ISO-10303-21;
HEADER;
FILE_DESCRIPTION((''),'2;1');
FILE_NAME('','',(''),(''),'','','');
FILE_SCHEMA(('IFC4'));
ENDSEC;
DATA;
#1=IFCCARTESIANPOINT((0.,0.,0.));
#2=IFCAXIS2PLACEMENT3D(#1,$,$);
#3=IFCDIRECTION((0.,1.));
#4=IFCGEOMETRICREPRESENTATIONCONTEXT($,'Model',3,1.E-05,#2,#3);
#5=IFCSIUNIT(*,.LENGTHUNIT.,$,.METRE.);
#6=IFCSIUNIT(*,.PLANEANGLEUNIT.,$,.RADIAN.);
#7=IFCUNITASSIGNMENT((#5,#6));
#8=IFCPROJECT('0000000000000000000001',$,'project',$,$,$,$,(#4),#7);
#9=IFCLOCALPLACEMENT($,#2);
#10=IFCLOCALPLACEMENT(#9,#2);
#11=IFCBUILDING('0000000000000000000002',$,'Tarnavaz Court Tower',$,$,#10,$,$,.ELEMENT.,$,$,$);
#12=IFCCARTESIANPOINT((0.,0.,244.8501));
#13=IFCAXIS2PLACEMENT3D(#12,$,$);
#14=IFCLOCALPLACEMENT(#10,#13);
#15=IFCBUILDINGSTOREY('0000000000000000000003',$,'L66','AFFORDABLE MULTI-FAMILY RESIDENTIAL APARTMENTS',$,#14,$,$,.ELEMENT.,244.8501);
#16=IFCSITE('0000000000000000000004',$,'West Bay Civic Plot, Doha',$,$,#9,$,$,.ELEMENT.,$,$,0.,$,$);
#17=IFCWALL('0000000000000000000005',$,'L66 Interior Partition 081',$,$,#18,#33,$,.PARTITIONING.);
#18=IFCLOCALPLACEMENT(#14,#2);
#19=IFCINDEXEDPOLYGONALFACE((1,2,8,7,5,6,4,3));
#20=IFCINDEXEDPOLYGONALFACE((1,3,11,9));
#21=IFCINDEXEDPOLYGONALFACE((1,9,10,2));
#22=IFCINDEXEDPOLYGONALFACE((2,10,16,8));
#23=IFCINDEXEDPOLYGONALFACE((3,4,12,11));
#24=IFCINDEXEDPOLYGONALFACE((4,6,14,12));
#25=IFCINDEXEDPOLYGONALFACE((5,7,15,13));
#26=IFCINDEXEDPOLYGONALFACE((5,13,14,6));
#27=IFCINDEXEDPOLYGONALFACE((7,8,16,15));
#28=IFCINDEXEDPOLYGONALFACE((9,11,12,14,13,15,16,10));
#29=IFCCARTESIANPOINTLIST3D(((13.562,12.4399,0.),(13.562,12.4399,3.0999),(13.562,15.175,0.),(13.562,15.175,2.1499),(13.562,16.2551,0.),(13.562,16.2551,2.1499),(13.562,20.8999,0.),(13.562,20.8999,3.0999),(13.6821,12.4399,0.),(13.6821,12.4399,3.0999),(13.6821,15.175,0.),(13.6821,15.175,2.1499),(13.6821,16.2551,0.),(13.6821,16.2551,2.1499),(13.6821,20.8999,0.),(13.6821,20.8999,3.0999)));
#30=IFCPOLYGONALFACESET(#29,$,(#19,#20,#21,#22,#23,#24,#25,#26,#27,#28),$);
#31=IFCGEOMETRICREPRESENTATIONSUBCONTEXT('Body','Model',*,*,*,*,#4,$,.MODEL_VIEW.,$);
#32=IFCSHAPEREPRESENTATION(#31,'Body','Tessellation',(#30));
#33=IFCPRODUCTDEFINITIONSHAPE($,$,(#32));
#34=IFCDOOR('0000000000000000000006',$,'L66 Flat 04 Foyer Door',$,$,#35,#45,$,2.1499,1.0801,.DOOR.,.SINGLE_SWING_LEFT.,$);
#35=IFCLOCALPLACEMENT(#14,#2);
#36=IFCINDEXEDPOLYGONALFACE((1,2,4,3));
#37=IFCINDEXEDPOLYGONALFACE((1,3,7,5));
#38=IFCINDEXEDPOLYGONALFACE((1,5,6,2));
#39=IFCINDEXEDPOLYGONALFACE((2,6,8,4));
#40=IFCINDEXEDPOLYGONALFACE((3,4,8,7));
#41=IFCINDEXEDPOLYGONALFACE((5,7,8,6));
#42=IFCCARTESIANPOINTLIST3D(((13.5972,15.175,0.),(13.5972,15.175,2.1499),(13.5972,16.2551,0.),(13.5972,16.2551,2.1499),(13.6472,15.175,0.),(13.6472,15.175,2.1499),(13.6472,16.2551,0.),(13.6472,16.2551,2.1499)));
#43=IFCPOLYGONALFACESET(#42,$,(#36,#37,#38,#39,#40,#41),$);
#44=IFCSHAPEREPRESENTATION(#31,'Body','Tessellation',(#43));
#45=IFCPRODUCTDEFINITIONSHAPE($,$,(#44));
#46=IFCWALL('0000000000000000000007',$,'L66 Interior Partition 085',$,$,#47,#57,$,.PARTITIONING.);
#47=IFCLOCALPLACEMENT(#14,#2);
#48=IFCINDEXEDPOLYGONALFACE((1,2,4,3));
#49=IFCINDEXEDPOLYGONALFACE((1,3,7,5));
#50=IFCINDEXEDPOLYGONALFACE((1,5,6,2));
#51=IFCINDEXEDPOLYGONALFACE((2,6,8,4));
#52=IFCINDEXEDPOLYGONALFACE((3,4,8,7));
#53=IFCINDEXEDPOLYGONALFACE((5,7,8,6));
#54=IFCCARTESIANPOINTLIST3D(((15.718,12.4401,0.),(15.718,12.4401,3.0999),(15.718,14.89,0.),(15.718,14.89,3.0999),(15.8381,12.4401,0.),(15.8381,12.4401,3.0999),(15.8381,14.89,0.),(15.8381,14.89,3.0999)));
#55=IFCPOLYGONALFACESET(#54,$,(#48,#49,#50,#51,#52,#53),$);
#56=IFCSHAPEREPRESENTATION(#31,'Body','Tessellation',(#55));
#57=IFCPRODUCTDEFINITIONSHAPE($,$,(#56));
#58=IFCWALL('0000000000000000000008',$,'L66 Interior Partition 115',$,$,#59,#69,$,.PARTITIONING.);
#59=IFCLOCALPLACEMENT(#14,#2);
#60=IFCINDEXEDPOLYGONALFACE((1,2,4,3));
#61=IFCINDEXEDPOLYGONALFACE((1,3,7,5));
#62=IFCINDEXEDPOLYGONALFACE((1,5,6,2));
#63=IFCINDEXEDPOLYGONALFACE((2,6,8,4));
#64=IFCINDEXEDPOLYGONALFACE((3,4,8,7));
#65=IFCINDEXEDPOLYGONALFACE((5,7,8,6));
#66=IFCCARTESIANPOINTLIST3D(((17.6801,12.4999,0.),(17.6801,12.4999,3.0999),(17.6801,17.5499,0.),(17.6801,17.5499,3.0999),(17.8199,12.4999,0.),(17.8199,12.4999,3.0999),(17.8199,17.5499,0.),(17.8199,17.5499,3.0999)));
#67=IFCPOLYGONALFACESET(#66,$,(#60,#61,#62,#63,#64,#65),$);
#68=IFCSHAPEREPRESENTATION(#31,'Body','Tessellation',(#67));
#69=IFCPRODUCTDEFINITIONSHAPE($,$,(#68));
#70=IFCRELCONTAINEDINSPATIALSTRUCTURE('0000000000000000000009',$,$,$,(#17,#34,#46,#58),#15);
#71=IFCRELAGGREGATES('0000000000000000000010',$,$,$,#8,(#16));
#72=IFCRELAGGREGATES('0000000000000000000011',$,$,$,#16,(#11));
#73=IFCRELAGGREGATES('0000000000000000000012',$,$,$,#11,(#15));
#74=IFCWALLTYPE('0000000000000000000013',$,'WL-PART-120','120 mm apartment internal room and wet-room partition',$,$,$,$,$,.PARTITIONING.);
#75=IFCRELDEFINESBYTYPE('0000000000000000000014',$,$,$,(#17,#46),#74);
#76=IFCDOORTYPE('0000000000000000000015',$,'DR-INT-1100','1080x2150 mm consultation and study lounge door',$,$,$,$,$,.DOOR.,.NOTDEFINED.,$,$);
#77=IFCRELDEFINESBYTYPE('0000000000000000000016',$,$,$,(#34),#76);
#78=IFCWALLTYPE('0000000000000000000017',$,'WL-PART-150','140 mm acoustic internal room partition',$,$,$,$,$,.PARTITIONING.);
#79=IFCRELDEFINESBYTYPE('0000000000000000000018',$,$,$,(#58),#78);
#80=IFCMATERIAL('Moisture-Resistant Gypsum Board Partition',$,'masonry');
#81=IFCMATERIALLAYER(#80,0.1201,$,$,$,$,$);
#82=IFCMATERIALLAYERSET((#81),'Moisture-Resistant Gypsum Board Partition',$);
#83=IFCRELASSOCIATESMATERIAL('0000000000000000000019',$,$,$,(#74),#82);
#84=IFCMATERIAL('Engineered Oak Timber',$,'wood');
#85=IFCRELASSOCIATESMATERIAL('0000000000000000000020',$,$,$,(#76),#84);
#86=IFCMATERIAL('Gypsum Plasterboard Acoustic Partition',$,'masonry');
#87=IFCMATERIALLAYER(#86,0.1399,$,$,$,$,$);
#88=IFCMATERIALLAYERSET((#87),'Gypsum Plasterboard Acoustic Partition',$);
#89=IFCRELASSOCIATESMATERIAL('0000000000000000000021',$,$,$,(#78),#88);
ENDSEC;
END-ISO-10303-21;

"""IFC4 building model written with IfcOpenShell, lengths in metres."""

from ifc_helpers import new_model, si_unit, direction, frame, frame_2d, origin, place, context, subcontext, project, spatial, rectangle, extrude, material, layer, layer_set, type_object, element, fill, save


model = new_model("IFC4")

# Units and contexts
model_context = context("Model", 3, precision=1e-05, world=origin(), true_north=direction((0.0, 1.0)))
body_context = subcontext(model_context, "Body", "Model", "MODEL_VIEW")
ifc_project = project(units=[si_unit("LENGTHUNIT", "METRE"), si_unit("PLANEANGLEUNIT", "RADIAN")], contexts=[model_context])

# Site, building, storey
site_placement = place(None, origin())
site = spatial("IfcSite", under=ifc_project, at=site_placement, Name="West Bay Civic Plot, Doha", CompositionType="ELEMENT", RefElevation=0.0)
building_placement = place(site_placement, origin())
building = spatial("IfcBuilding", under=site, at=building_placement, Name="Tarnavaz Court Tower", CompositionType="ELEMENT")
storey_placement = place(building_placement, frame((0.0, 0.0, 244.8501)))
storey = spatial("IfcBuildingStorey", under=building, at=storey_placement, Name="L66", Description="AFFORDABLE MULTI-FAMILY RESIDENTIAL APARTMENTS", CompositionType="ELEMENT", Elevation=244.8501)

# Wall, opening, door
ifc_material_1 = material(Name="Engineered Oak Timber", Category="wood")
ifc_material_2 = material(Name="Moisture-Resistant Gypsum Board Partition", Category="masonry")
ifc_layer_1 = layer(ifc_material_2, 0.1201)
ifc_layer_set_1 = layer_set([ifc_layer_1], Name="Moisture-Resistant Gypsum Board Partition")
wall_type_1 = type_object("IfcWallType", Name="WL-PART-120", Description="120 mm apartment internal room and wet-room partition", PredefinedType="PARTITIONING", material=ifc_layer_set_1)
wall_1_placement = place(storey_placement, frame((13.6221, 12.4399, 0.0), z_axis=(0.0, 0.0, 1.0), x_axis=(0.0, 1.0, 0.0)))
wall_1 = element("IfcWall", 1, at=wall_1_placement, inside=storey, type_object=wall_type_1, Name="L66 Interior Partition 081", PredefinedType="PARTITIONING", context=body_context, shape_type="SweptSolid", body=[
    extrude(rectangle(XDim=8.46, YDim=0.1201, at=frame_2d((4.23, 0.0))), origin(), (0.0, 0.0, 1.0), 3.0999),
])
opening_1_placement = place(wall_1_placement, frame((2.7351, 0.0, 0.0)))
opening_1 = element("IfcOpeningElement", 2, at=opening_1_placement, cuts=wall_1, PredefinedType="OPENING", context=body_context, shape_type="SweptSolid", body=[
    extrude(rectangle(XDim=1.0801, YDim=2.1499, at=frame_2d((0.54, 1.075))), frame((0.0, 0.0701, 0.0), z_axis=(0.0, -1.0, 0.0), x_axis=(1.0, 0.0, 0.0)), (0.0, 0.0, 1.0), 0.1401),
])
door_type_1 = type_object("IfcDoorType", Name="DR-INT-1100", Description="1080x2150 mm consultation and study lounge door", OperationType="NOTDEFINED", PredefinedType="DOOR", material=ifc_material_1)
door_1_placement = place(opening_1_placement, origin())
door_1 = element("IfcDoor", 3, at=door_1_placement, inside=storey, type_object=door_type_1, Name="L66 Flat 04 Foyer Door", OperationType="SINGLE_SWING_LEFT", OverallHeight=2.1499, OverallWidth=1.0801, PredefinedType="DOOR", context=body_context, shape_type="SweptSolid", body=[
    extrude(rectangle(XDim=1.0801, YDim=2.1499, at=frame_2d((0.54, 1.075))), frame((0.0, 0.0249, 0.0), z_axis=(0.0, -1.0, 0.0), x_axis=(1.0, 0.0, 0.0)), (0.0, 0.0, 1.0), 0.05),
])
fill(opening_1, door_1)

# Walls
wall_2_placement = place(storey_placement, frame((15.7781, 12.4399, 0.0), z_axis=(0.0, 0.0, 1.0), x_axis=(0.0, 1.0, 0.0)))
element("IfcWall", 4, at=wall_2_placement, inside=storey, type_object=wall_type_1, Name="L66 Interior Partition 085", PredefinedType="PARTITIONING", context=body_context, shape_type="SweptSolid", body=[
    extrude(rectangle(XDim=2.45, YDim=0.1201, at=frame_2d((1.2251, 0.0))), origin(), (0.0, 0.0, 1.0), 3.0999),
])
ifc_material_3 = material(Name="Gypsum Plasterboard Acoustic Partition", Category="masonry")
ifc_layer_2 = layer(ifc_material_3, 0.1399)
ifc_layer_set_2 = layer_set([ifc_layer_2], Name="Gypsum Plasterboard Acoustic Partition")
wall_type_2 = type_object("IfcWallType", Name="WL-PART-150", Description="140 mm acoustic internal room partition", PredefinedType="PARTITIONING", material=ifc_layer_set_2)
wall_3_placement = place(storey_placement, frame((17.75, 12.5, 0.0), z_axis=(0.0, 0.0, 1.0), x_axis=(0.0, 1.0, 0.0)))
element("IfcWall", 5, at=wall_3_placement, inside=storey, type_object=wall_type_2, Name="L66 Interior Partition 115", PredefinedType="PARTITIONING", context=body_context, shape_type="SweptSolid", body=[
    extrude(rectangle(XDim=5.05, YDim=0.1399, at=frame_2d((2.5249, 0.0))), origin(), (0.0, 0.0, 1.0), 3.0999),
])

save(model, "model.ifc")
